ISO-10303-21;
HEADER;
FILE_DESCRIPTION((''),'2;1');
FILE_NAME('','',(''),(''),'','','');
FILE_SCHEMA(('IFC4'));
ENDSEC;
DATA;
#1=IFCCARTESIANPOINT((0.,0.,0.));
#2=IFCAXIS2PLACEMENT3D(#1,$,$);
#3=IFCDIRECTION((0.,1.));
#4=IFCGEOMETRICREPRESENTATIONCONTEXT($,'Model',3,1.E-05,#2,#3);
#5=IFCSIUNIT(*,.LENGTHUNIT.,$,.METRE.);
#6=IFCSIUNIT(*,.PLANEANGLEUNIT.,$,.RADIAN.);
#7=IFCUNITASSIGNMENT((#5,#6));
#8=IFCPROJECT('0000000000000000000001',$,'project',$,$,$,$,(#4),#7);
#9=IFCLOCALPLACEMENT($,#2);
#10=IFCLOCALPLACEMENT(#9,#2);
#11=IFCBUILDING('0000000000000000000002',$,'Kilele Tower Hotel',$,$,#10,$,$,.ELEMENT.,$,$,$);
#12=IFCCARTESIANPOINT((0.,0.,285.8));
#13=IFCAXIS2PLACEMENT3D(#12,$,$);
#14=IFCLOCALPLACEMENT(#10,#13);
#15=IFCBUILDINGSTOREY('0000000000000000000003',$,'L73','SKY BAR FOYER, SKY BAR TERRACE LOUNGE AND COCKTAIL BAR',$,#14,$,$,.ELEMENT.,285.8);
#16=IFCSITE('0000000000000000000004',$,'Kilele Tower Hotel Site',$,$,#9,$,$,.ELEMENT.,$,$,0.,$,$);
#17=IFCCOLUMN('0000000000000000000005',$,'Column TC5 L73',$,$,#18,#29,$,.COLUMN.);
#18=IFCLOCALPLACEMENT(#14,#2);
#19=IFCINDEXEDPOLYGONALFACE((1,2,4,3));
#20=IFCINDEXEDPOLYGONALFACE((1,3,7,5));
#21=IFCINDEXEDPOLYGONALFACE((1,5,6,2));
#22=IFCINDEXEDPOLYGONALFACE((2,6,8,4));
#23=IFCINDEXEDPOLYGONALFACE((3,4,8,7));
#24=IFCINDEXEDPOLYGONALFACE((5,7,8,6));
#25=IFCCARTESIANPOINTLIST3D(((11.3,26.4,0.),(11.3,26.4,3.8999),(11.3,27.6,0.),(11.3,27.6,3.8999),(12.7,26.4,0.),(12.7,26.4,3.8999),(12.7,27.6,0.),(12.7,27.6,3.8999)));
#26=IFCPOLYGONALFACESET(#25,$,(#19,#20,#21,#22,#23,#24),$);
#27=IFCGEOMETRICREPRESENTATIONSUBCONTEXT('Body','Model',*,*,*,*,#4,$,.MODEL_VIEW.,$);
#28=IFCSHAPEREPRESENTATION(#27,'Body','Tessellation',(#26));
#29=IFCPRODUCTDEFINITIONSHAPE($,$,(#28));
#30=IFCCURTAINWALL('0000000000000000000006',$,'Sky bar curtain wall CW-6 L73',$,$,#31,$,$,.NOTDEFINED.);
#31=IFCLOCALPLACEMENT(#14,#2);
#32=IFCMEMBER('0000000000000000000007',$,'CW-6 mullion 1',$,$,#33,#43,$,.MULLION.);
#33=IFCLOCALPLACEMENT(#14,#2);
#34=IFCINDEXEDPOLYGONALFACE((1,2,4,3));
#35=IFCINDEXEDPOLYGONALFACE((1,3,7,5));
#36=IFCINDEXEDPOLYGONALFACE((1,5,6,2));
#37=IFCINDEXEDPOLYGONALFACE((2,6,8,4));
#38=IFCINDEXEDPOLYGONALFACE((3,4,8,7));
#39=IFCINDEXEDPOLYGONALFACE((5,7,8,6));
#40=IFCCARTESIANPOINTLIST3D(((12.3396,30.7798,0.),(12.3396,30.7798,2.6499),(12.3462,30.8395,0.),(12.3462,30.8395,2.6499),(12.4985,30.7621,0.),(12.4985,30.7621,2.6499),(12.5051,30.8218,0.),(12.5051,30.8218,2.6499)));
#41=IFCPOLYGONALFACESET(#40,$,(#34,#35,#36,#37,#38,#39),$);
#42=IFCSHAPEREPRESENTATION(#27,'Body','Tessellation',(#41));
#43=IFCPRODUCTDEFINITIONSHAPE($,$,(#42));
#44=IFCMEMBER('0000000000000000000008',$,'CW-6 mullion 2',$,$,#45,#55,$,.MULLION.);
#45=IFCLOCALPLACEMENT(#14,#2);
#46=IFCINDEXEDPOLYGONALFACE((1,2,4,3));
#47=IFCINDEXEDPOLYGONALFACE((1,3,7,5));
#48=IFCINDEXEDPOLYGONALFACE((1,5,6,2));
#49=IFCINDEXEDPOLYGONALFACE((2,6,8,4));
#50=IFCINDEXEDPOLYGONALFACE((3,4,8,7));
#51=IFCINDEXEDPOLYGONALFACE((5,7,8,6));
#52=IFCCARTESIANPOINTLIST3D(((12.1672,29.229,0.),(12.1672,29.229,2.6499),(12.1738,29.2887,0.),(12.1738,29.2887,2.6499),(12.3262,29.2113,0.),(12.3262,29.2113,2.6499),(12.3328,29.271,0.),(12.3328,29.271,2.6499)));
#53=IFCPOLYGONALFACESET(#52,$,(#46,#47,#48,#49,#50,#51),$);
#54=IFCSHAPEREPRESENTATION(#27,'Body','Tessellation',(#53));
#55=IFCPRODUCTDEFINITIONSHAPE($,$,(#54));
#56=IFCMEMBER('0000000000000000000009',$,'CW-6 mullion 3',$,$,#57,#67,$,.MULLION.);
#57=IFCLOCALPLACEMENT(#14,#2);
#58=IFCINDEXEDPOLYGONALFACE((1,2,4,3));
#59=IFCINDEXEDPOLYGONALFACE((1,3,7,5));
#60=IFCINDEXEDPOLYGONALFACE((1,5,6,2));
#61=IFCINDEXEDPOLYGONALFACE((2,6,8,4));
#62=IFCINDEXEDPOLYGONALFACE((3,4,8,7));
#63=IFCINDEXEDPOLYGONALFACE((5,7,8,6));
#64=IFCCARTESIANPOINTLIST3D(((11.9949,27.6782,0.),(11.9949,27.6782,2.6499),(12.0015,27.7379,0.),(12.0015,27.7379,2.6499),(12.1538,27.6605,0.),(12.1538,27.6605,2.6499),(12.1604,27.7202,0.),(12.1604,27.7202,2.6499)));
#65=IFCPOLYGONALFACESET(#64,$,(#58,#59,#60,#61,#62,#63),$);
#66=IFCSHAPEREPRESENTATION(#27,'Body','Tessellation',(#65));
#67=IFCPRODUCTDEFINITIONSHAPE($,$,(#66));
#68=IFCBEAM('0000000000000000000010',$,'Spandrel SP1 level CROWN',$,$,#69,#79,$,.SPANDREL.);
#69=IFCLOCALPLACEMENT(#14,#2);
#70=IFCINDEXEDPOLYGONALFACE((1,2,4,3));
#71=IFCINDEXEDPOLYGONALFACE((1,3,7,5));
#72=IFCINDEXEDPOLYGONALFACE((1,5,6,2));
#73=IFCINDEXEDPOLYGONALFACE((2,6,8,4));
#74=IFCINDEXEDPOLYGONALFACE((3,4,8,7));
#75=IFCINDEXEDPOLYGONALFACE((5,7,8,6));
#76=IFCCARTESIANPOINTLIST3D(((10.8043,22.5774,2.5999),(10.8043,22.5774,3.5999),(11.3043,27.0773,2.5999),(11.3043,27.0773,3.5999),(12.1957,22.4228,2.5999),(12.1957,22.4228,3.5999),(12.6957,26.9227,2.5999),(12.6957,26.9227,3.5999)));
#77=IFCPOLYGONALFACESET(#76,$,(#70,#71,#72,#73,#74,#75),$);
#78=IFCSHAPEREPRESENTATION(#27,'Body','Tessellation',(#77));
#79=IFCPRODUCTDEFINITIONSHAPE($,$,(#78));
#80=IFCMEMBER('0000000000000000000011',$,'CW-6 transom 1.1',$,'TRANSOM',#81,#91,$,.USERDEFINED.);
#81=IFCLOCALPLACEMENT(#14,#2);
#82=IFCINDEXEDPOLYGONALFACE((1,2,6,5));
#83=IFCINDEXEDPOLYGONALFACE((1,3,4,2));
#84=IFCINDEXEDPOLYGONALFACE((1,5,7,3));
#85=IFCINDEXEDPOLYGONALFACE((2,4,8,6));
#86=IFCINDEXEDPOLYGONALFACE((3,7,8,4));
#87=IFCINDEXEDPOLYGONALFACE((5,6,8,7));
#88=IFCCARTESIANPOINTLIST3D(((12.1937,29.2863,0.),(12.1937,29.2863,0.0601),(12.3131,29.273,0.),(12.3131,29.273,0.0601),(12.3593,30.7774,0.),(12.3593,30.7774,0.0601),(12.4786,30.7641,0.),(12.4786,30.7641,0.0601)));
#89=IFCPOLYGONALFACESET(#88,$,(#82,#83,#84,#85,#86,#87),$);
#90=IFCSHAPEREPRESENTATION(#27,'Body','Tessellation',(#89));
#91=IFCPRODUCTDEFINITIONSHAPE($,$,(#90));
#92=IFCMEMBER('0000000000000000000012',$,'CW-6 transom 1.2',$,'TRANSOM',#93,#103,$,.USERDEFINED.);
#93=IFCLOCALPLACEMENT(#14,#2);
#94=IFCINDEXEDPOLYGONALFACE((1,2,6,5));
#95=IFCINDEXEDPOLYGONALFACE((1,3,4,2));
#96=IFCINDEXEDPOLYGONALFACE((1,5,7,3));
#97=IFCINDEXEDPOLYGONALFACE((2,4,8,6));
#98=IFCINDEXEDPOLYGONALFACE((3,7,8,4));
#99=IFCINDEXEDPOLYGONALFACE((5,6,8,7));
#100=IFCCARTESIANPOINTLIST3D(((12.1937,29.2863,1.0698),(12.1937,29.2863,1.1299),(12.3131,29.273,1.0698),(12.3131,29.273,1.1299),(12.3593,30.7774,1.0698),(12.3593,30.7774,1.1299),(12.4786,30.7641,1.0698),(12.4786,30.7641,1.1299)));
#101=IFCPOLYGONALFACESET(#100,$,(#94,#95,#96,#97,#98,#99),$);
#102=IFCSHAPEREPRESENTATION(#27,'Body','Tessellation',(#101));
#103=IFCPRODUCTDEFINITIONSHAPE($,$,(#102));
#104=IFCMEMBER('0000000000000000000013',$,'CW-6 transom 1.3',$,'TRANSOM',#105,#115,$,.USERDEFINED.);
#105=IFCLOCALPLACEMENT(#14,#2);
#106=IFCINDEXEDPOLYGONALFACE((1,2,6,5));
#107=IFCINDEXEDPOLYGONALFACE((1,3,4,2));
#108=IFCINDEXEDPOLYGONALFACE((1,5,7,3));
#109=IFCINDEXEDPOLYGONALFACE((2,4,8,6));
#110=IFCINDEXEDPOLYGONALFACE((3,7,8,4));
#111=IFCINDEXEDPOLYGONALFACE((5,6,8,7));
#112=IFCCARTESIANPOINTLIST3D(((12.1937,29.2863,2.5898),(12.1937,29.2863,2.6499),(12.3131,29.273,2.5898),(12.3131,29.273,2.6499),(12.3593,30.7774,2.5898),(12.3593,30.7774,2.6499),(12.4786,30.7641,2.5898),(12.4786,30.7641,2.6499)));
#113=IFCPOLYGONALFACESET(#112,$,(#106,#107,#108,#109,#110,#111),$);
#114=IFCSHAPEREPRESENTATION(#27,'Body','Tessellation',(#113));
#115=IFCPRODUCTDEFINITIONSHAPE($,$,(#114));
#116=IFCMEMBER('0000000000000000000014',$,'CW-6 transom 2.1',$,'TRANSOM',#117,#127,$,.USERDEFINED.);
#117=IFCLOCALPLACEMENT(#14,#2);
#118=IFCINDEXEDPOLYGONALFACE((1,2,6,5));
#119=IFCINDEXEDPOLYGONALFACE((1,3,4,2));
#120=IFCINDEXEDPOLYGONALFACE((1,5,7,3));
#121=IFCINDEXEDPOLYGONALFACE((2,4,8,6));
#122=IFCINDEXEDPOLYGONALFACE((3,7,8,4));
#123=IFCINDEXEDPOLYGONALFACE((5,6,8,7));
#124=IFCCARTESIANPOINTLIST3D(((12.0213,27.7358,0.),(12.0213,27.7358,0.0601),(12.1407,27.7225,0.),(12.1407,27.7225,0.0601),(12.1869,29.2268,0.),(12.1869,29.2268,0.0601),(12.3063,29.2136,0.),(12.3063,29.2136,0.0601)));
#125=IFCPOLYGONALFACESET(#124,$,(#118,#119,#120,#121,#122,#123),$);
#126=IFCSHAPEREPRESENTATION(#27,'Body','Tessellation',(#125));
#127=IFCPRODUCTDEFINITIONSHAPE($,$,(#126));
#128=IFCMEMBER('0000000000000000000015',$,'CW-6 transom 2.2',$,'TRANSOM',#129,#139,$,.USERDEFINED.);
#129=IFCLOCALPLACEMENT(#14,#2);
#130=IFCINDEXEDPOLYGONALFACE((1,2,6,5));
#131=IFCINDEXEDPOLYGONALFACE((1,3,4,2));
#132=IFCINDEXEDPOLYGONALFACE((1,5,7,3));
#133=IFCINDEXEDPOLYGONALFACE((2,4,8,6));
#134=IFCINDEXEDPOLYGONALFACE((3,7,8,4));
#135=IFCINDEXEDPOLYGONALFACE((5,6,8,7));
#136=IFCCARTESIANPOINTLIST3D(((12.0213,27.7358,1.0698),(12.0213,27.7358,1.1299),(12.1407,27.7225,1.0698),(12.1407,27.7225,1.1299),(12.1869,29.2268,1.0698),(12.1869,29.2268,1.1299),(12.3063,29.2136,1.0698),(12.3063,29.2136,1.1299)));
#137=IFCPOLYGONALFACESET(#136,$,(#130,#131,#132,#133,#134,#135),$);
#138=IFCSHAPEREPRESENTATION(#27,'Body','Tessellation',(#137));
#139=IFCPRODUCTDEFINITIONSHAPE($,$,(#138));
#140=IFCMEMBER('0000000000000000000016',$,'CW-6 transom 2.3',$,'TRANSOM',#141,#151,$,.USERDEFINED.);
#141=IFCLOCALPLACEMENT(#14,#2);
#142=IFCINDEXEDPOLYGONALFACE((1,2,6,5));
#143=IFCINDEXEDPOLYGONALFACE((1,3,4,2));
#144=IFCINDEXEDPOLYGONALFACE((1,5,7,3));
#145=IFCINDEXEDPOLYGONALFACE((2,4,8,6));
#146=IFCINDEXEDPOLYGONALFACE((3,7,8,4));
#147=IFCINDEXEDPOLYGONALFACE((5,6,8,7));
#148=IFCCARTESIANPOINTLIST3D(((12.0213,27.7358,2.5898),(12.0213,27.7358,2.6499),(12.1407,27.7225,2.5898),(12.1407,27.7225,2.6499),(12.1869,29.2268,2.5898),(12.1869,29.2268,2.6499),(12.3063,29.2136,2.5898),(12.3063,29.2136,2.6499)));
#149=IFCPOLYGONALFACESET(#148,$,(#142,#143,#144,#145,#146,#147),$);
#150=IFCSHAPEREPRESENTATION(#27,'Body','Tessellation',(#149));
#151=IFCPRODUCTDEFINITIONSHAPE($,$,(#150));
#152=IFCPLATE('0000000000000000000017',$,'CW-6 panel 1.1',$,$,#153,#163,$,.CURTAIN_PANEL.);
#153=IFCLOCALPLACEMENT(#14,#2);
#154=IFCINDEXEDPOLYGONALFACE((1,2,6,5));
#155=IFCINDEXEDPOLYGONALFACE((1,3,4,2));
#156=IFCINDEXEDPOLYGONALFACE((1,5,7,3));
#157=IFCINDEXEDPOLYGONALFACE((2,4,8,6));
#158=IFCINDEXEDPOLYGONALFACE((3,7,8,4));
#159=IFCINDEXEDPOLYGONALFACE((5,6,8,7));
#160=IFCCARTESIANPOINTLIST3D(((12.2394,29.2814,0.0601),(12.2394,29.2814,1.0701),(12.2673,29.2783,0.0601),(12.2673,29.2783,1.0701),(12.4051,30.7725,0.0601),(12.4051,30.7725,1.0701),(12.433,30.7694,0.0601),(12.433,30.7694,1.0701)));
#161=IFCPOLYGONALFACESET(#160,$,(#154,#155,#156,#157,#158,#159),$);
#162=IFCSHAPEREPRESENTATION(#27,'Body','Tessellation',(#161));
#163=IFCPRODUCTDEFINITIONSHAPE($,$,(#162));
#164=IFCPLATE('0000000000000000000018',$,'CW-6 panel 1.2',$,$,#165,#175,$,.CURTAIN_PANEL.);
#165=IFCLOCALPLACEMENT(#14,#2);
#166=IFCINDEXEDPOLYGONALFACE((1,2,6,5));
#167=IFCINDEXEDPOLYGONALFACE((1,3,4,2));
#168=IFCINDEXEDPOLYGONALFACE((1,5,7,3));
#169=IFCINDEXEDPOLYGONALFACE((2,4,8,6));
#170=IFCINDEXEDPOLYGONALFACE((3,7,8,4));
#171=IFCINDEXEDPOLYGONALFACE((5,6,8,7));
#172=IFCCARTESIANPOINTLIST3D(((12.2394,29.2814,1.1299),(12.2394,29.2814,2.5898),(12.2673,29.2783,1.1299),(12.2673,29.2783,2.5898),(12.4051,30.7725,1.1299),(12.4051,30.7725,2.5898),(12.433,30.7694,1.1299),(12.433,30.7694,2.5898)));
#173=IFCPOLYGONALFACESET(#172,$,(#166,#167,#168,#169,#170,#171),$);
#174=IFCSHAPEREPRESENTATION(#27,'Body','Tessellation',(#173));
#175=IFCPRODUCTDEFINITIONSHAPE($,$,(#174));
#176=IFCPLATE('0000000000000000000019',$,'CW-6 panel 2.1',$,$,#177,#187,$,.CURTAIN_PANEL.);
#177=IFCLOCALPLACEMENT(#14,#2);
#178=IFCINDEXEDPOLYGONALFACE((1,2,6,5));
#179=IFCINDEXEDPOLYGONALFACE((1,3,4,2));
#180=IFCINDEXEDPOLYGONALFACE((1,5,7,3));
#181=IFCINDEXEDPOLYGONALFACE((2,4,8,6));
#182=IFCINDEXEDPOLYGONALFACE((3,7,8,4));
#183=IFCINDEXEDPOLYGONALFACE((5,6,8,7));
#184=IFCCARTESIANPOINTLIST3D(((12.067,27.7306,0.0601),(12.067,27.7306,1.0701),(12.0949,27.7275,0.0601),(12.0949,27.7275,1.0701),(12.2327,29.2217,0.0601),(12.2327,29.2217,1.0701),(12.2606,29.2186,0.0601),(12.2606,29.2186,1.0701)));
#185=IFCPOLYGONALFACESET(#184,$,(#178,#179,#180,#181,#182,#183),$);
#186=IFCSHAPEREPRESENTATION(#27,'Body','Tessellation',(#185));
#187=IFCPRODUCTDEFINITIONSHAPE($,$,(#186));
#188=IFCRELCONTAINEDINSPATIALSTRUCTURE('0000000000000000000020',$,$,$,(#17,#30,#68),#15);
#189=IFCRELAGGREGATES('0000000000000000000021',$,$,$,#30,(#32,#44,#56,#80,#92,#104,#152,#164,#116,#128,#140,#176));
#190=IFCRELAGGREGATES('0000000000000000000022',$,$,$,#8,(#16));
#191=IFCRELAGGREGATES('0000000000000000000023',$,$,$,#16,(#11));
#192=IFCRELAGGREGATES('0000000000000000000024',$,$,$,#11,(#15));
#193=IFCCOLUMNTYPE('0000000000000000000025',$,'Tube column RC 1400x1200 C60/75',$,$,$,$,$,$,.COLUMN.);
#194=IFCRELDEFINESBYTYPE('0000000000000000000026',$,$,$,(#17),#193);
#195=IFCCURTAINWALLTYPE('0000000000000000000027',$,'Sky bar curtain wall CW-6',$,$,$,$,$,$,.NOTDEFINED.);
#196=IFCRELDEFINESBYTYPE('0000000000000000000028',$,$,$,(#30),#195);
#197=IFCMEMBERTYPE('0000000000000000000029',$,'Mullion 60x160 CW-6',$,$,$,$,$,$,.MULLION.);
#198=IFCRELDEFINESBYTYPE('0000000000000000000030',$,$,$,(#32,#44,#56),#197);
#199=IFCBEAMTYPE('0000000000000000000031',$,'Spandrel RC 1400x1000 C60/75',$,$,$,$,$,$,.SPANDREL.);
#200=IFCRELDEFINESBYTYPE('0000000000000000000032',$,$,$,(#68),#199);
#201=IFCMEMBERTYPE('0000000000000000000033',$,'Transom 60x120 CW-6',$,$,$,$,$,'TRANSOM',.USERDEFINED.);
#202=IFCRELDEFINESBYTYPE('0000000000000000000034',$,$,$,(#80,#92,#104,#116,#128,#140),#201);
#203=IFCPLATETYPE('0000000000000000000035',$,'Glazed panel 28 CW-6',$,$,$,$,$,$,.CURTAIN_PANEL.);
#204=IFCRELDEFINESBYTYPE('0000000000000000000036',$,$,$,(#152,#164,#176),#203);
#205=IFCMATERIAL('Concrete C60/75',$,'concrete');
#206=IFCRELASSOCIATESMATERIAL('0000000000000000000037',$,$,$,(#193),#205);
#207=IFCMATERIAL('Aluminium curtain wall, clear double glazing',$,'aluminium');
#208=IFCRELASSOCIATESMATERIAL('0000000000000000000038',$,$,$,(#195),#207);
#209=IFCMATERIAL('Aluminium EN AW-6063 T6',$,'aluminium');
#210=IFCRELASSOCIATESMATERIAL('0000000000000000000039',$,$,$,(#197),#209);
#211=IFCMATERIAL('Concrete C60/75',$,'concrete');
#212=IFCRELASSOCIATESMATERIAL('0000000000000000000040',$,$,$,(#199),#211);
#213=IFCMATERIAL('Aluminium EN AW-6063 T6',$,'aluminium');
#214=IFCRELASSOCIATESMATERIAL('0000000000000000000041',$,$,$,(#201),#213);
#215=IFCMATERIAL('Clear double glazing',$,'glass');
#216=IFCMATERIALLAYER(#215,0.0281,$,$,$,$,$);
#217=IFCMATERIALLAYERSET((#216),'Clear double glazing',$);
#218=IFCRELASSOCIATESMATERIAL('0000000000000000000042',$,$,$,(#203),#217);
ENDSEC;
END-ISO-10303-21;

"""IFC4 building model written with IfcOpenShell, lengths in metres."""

from ifc_helpers import new_model, si_unit, direction, frame, origin, origin_2d, place, context, subcontext, project, spatial, rectangle, extrude, material, layer, layer_set, material_profile, profile_set, type_object, element, aggregate, save


model = new_model("IFC4")

# Units and contexts
model_context = context("Model", 3, precision=1e-05, world=origin(), true_north=direction((0.0, 1.0)))
body_context = subcontext(model_context, "Body", "Model", "MODEL_VIEW")
ifc_project = project(units=[si_unit("LENGTHUNIT", "METRE"), si_unit("PLANEANGLEUNIT", "RADIAN")], contexts=[model_context])

# Site, building, storey
site_placement = place(None, origin())
site = spatial("IfcSite", under=ifc_project, at=site_placement, Name="Kilele Tower Hotel Site", CompositionType="ELEMENT", RefElevation=0.0)
building_placement = place(site_placement, origin())
building = spatial("IfcBuilding", under=site, at=building_placement, Name="Kilele Tower Hotel", CompositionType="ELEMENT")
storey_placement = place(building_placement, frame((0.0, 0.0, 285.8)))
storey = spatial("IfcBuildingStorey", under=building, at=storey_placement, Name="L73", Description="SKY BAR FOYER, SKY BAR TERRACE LOUNGE AND COCKTAIL BAR", CompositionType="ELEMENT", Elevation=285.8)

# Column
ifc_material_1 = material(Name="Concrete C60/75", Category="concrete")
ifc_material_profile_1 = material_profile(ifc_material_1, rectangle(XDim=1.3999, YDim=1.2, at=origin_2d()))
ifc_profile_set_1 = profile_set([ifc_material_profile_1], Name="Concrete C60/75")
column_type = type_object("IfcColumnType", Name="Tube column RC 1400x1200 C60/75", PredefinedType="COLUMN", material=ifc_profile_set_1)
column_placement = place(storey_placement, frame((12.0, 27.0, 0.0), z_axis=(0.0, 0.0, 1.0), x_axis=(1.0, 0.0, 0.0)))
element("IfcColumn", 1, at=column_placement, inside=storey, type_object=column_type, Name="Column TC5 L73", PredefinedType="COLUMN", context=body_context, shape_type="SweptSolid", body=[
    extrude(rectangle(XDim=1.3999, YDim=1.2, at=origin_2d()), origin(), (0.0, 0.0, 1.0), 3.8999),
])

# Curtain wall, members
ifc_material_2 = material(Name="Aluminium curtain wall, clear double glazing", Category="aluminium")
curtain_wall_type = type_object("IfcCurtainWallType", Name="Sky bar curtain wall CW-6", PredefinedType="NOTDEFINED", material=ifc_material_2)
curtain_wall_placement = place(storey_placement, origin())
curtain_wall = element("IfcCurtainWall", 2, at=curtain_wall_placement, inside=storey, type_object=curtain_wall_type, Name="Sky bar curtain wall CW-6 L73", PredefinedType="NOTDEFINED")
ifc_material_3 = material(Name="Aluminium EN AW-6063 T6", Category="aluminium")
ifc_material_profile_2 = material_profile(ifc_material_3, rectangle(XDim=0.1599, YDim=0.0601, at=origin_2d()))
ifc_profile_set_2 = profile_set([ifc_material_profile_2], Name="Aluminium EN AW-6063 T6")
member_type_1 = type_object("IfcMemberType", Name="Mullion 60x160 CW-6", PredefinedType="MULLION", material=ifc_profile_set_2)
member_1_placement = place(storey_placement, frame((12.4224, 30.8008, 0.0), z_axis=(0.0, 0.0, 1.0), x_axis=(0.993884, -0.110432, 0.0)))
member_1 = element("IfcMember", 3, at=member_1_placement, type_object=member_type_1, Name="CW-6 mullion 1", PredefinedType="MULLION", context=body_context, shape_type="SweptSolid", body=[
    extrude(rectangle(XDim=0.1599, YDim=0.0601, at=origin_2d()), origin(), (0.0, 0.0, 1.0), 2.6499),
])
member_2_placement = place(storey_placement, frame((12.25, 29.25, 0.0), z_axis=(0.0, 0.0, 1.0), x_axis=(0.993884, -0.110432, 0.0)))
member_2 = element("IfcMember", 4, at=member_2_placement, type_object=member_type_1, Name="CW-6 mullion 2", PredefinedType="MULLION", context=body_context, shape_type="SweptSolid", body=[
    extrude(rectangle(XDim=0.1599, YDim=0.0601, at=origin_2d()), origin(), (0.0, 0.0, 1.0), 2.6499),
])
member_3_placement = place(storey_placement, frame((12.0776, 27.6992, 0.0), z_axis=(0.0, 0.0, 1.0), x_axis=(0.993884, -0.110432, 0.0)))
member_3 = element("IfcMember", 5, at=member_3_placement, type_object=member_type_1, Name="CW-6 mullion 3", PredefinedType="MULLION", context=body_context, shape_type="SweptSolid", body=[
    extrude(rectangle(XDim=0.1599, YDim=0.0601, at=origin_2d()), origin(), (0.0, 0.0, 1.0), 2.6499),
])

# Beam
ifc_material_4 = material(Name="Concrete C60/75", Category="concrete")
ifc_material_profile_3 = material_profile(ifc_material_4, rectangle(XDim=1.3999, YDim=1.0, at=origin_2d()))
ifc_profile_set_3 = profile_set([ifc_material_profile_3], Name="Concrete C60/75")
beam_type = type_object("IfcBeamType", Name="Spandrel RC 1400x1000 C60/75", PredefinedType="SPANDREL", material=ifc_profile_set_3)
beam_placement = place(storey_placement, frame((12.0, 27.0, 3.0999), z_axis=(-0.110432, -0.993884, 0.0), x_axis=(0.993884, -0.110432, 0.0)))
element("IfcBeam", 6, at=beam_placement, inside=storey, type_object=beam_type, Name="Spandrel SP1 level CROWN", PredefinedType="SPANDREL", context=body_context, shape_type="SweptSolid", body=[
    extrude(rectangle(XDim=1.3999, YDim=1.0, at=origin_2d()), origin(), (0.0, 0.0, 1.0), 4.5276),
])

# Members
ifc_material_5 = material(Name="Aluminium EN AW-6063 T6", Category="aluminium")
ifc_material_profile_4 = material_profile(ifc_material_5, rectangle(XDim=0.1201, YDim=0.0601, at=origin_2d()))
ifc_profile_set_4 = profile_set([ifc_material_profile_4], Name="Aluminium EN AW-6063 T6")
member_type_2 = type_object("IfcMemberType", Name="Transom 60x120 CW-6", ElementType="TRANSOM", PredefinedType="USERDEFINED", material=ifc_profile_set_4)
member_4_placement = place(storey_placement, frame((12.4189, 30.7708, 0.03), z_axis=(-0.110342, -0.993894, 0.0), x_axis=(0.993894, -0.110342, 0.0)))
member_4 = element("IfcMember", 7, at=member_4_placement, type_object=member_type_2, Name="CW-6 transom 1.1", ObjectType="TRANSOM", PredefinedType="USERDEFINED", context=body_context, shape_type="SweptSolid", body=[
    extrude(rectangle(XDim=0.1201, YDim=0.0601, at=origin_2d()), origin(), (0.0, 0.0, 1.0), 1.5002),
])
member_5_placement = place(storey_placement, frame((12.4189, 30.7708, 1.0999), z_axis=(-0.110342, -0.993894, 0.0), x_axis=(0.993894, -0.110342, 0.0)))
member_5 = element("IfcMember", 8, at=member_5_placement, type_object=member_type_2, Name="CW-6 transom 1.2", ObjectType="TRANSOM", PredefinedType="USERDEFINED", context=body_context, shape_type="SweptSolid", body=[
    extrude(rectangle(XDim=0.1201, YDim=0.0601, at=origin_2d()), origin(), (0.0, 0.0, 1.0), 1.5002),
])
member_6_placement = place(storey_placement, frame((12.4189, 30.7708, 2.6199), z_axis=(-0.110342, -0.993894, 0.0), x_axis=(0.993894, -0.110342, 0.0)))
member_6 = element("IfcMember", 9, at=member_6_placement, type_object=member_type_2, Name="CW-6 transom 1.3", ObjectType="TRANSOM", PredefinedType="USERDEFINED", context=body_context, shape_type="SweptSolid", body=[
    extrude(rectangle(XDim=0.1201, YDim=0.0601, at=origin_2d()), origin(), (0.0, 0.0, 1.0), 1.5002),
])
member_7_placement = place(storey_placement, frame((12.2466, 29.2202, 0.03), z_axis=(-0.110342, -0.993894, 0.0), x_axis=(0.993894, -0.110342, 0.0)))
member_7 = element("IfcMember", 10, at=member_7_placement, type_object=member_type_2, Name="CW-6 transom 2.1", ObjectType="TRANSOM", PredefinedType="USERDEFINED", context=body_context, shape_type="SweptSolid", body=[
    extrude(rectangle(XDim=0.1201, YDim=0.0601, at=origin_2d()), origin(), (0.0, 0.0, 1.0), 1.5002),
])
member_8_placement = place(storey_placement, frame((12.2466, 29.2202, 1.0999), z_axis=(-0.110342, -0.993894, 0.0), x_axis=(0.993894, -0.110342, 0.0)))
member_8 = element("IfcMember", 11, at=member_8_placement, type_object=member_type_2, Name="CW-6 transom 2.2", ObjectType="TRANSOM", PredefinedType="USERDEFINED", context=body_context, shape_type="SweptSolid", body=[
    extrude(rectangle(XDim=0.1201, YDim=0.0601, at=origin_2d()), origin(), (0.0, 0.0, 1.0), 1.5002),
])
member_9_placement = place(storey_placement, frame((12.2466, 29.2202, 2.6199), z_axis=(-0.110342, -0.993894, 0.0), x_axis=(0.993894, -0.110342, 0.0)))
member_9 = element("IfcMember", 12, at=member_9_placement, type_object=member_type_2, Name="CW-6 transom 2.3", ObjectType="TRANSOM", PredefinedType="USERDEFINED", context=body_context, shape_type="SweptSolid", body=[
    extrude(rectangle(XDim=0.1201, YDim=0.0601, at=origin_2d()), origin(), (0.0, 0.0, 1.0), 1.5002),
])

# Plates
ifc_material_6 = material(Name="Clear double glazing", Category="glass")
ifc_layer_1 = layer(ifc_material_6, 0.0281)
ifc_layer_set_1 = layer_set([ifc_layer_1], Name="Clear double glazing")
plate_type = type_object("IfcPlateType", Name="Glazed panel 28 CW-6", PredefinedType="CURTAIN_PANEL", material=ifc_layer_set_1)
plate_1_placement = place(storey_placement, frame((12.3362, 30.0254, 0.0601), z_axis=(0.0, 0.0, 1.0), x_axis=(-0.110432, -0.993884, 0.0)))
plate_1 = element("IfcPlate", 13, at=plate_1_placement, type_object=plate_type, Name="CW-6 panel 1.1", PredefinedType="CURTAIN_PANEL", context=body_context, shape_type="SweptSolid", body=[
    extrude(rectangle(XDim=1.5002, YDim=0.0281, at=origin_2d()), origin(), (0.0, 0.0, 1.0), 1.01),
])
plate_2_placement = place(storey_placement, frame((12.3362, 30.0254, 1.1299), z_axis=(0.0, 0.0, 1.0), x_axis=(-0.110432, -0.993884, 0.0)))
plate_2 = element("IfcPlate", 14, at=plate_2_placement, type_object=plate_type, Name="CW-6 panel 1.2", PredefinedType="CURTAIN_PANEL", context=body_context, shape_type="SweptSolid", body=[
    extrude(rectangle(XDim=1.5002, YDim=0.0281, at=origin_2d()), origin(), (0.0, 0.0, 1.0), 1.46),
])
plate_3_placement = place(storey_placement, frame((12.1638, 28.4746, 0.0601), z_axis=(0.0, 0.0, 1.0), x_axis=(-0.110432, -0.993884, 0.0)))
plate_3 = element("IfcPlate", 15, at=plate_3_placement, type_object=plate_type, Name="CW-6 panel 2.1", PredefinedType="CURTAIN_PANEL", context=body_context, shape_type="SweptSolid", body=[
    extrude(rectangle(XDim=1.5002, YDim=0.0281, at=origin_2d()), origin(), (0.0, 0.0, 1.0), 1.01),
])
aggregate(curtain_wall, [member_1, member_2, member_3, member_4, member_5, member_6, plate_1, plate_2, member_7, member_8, member_9, plate_3])

save(model, "model.ifc")
